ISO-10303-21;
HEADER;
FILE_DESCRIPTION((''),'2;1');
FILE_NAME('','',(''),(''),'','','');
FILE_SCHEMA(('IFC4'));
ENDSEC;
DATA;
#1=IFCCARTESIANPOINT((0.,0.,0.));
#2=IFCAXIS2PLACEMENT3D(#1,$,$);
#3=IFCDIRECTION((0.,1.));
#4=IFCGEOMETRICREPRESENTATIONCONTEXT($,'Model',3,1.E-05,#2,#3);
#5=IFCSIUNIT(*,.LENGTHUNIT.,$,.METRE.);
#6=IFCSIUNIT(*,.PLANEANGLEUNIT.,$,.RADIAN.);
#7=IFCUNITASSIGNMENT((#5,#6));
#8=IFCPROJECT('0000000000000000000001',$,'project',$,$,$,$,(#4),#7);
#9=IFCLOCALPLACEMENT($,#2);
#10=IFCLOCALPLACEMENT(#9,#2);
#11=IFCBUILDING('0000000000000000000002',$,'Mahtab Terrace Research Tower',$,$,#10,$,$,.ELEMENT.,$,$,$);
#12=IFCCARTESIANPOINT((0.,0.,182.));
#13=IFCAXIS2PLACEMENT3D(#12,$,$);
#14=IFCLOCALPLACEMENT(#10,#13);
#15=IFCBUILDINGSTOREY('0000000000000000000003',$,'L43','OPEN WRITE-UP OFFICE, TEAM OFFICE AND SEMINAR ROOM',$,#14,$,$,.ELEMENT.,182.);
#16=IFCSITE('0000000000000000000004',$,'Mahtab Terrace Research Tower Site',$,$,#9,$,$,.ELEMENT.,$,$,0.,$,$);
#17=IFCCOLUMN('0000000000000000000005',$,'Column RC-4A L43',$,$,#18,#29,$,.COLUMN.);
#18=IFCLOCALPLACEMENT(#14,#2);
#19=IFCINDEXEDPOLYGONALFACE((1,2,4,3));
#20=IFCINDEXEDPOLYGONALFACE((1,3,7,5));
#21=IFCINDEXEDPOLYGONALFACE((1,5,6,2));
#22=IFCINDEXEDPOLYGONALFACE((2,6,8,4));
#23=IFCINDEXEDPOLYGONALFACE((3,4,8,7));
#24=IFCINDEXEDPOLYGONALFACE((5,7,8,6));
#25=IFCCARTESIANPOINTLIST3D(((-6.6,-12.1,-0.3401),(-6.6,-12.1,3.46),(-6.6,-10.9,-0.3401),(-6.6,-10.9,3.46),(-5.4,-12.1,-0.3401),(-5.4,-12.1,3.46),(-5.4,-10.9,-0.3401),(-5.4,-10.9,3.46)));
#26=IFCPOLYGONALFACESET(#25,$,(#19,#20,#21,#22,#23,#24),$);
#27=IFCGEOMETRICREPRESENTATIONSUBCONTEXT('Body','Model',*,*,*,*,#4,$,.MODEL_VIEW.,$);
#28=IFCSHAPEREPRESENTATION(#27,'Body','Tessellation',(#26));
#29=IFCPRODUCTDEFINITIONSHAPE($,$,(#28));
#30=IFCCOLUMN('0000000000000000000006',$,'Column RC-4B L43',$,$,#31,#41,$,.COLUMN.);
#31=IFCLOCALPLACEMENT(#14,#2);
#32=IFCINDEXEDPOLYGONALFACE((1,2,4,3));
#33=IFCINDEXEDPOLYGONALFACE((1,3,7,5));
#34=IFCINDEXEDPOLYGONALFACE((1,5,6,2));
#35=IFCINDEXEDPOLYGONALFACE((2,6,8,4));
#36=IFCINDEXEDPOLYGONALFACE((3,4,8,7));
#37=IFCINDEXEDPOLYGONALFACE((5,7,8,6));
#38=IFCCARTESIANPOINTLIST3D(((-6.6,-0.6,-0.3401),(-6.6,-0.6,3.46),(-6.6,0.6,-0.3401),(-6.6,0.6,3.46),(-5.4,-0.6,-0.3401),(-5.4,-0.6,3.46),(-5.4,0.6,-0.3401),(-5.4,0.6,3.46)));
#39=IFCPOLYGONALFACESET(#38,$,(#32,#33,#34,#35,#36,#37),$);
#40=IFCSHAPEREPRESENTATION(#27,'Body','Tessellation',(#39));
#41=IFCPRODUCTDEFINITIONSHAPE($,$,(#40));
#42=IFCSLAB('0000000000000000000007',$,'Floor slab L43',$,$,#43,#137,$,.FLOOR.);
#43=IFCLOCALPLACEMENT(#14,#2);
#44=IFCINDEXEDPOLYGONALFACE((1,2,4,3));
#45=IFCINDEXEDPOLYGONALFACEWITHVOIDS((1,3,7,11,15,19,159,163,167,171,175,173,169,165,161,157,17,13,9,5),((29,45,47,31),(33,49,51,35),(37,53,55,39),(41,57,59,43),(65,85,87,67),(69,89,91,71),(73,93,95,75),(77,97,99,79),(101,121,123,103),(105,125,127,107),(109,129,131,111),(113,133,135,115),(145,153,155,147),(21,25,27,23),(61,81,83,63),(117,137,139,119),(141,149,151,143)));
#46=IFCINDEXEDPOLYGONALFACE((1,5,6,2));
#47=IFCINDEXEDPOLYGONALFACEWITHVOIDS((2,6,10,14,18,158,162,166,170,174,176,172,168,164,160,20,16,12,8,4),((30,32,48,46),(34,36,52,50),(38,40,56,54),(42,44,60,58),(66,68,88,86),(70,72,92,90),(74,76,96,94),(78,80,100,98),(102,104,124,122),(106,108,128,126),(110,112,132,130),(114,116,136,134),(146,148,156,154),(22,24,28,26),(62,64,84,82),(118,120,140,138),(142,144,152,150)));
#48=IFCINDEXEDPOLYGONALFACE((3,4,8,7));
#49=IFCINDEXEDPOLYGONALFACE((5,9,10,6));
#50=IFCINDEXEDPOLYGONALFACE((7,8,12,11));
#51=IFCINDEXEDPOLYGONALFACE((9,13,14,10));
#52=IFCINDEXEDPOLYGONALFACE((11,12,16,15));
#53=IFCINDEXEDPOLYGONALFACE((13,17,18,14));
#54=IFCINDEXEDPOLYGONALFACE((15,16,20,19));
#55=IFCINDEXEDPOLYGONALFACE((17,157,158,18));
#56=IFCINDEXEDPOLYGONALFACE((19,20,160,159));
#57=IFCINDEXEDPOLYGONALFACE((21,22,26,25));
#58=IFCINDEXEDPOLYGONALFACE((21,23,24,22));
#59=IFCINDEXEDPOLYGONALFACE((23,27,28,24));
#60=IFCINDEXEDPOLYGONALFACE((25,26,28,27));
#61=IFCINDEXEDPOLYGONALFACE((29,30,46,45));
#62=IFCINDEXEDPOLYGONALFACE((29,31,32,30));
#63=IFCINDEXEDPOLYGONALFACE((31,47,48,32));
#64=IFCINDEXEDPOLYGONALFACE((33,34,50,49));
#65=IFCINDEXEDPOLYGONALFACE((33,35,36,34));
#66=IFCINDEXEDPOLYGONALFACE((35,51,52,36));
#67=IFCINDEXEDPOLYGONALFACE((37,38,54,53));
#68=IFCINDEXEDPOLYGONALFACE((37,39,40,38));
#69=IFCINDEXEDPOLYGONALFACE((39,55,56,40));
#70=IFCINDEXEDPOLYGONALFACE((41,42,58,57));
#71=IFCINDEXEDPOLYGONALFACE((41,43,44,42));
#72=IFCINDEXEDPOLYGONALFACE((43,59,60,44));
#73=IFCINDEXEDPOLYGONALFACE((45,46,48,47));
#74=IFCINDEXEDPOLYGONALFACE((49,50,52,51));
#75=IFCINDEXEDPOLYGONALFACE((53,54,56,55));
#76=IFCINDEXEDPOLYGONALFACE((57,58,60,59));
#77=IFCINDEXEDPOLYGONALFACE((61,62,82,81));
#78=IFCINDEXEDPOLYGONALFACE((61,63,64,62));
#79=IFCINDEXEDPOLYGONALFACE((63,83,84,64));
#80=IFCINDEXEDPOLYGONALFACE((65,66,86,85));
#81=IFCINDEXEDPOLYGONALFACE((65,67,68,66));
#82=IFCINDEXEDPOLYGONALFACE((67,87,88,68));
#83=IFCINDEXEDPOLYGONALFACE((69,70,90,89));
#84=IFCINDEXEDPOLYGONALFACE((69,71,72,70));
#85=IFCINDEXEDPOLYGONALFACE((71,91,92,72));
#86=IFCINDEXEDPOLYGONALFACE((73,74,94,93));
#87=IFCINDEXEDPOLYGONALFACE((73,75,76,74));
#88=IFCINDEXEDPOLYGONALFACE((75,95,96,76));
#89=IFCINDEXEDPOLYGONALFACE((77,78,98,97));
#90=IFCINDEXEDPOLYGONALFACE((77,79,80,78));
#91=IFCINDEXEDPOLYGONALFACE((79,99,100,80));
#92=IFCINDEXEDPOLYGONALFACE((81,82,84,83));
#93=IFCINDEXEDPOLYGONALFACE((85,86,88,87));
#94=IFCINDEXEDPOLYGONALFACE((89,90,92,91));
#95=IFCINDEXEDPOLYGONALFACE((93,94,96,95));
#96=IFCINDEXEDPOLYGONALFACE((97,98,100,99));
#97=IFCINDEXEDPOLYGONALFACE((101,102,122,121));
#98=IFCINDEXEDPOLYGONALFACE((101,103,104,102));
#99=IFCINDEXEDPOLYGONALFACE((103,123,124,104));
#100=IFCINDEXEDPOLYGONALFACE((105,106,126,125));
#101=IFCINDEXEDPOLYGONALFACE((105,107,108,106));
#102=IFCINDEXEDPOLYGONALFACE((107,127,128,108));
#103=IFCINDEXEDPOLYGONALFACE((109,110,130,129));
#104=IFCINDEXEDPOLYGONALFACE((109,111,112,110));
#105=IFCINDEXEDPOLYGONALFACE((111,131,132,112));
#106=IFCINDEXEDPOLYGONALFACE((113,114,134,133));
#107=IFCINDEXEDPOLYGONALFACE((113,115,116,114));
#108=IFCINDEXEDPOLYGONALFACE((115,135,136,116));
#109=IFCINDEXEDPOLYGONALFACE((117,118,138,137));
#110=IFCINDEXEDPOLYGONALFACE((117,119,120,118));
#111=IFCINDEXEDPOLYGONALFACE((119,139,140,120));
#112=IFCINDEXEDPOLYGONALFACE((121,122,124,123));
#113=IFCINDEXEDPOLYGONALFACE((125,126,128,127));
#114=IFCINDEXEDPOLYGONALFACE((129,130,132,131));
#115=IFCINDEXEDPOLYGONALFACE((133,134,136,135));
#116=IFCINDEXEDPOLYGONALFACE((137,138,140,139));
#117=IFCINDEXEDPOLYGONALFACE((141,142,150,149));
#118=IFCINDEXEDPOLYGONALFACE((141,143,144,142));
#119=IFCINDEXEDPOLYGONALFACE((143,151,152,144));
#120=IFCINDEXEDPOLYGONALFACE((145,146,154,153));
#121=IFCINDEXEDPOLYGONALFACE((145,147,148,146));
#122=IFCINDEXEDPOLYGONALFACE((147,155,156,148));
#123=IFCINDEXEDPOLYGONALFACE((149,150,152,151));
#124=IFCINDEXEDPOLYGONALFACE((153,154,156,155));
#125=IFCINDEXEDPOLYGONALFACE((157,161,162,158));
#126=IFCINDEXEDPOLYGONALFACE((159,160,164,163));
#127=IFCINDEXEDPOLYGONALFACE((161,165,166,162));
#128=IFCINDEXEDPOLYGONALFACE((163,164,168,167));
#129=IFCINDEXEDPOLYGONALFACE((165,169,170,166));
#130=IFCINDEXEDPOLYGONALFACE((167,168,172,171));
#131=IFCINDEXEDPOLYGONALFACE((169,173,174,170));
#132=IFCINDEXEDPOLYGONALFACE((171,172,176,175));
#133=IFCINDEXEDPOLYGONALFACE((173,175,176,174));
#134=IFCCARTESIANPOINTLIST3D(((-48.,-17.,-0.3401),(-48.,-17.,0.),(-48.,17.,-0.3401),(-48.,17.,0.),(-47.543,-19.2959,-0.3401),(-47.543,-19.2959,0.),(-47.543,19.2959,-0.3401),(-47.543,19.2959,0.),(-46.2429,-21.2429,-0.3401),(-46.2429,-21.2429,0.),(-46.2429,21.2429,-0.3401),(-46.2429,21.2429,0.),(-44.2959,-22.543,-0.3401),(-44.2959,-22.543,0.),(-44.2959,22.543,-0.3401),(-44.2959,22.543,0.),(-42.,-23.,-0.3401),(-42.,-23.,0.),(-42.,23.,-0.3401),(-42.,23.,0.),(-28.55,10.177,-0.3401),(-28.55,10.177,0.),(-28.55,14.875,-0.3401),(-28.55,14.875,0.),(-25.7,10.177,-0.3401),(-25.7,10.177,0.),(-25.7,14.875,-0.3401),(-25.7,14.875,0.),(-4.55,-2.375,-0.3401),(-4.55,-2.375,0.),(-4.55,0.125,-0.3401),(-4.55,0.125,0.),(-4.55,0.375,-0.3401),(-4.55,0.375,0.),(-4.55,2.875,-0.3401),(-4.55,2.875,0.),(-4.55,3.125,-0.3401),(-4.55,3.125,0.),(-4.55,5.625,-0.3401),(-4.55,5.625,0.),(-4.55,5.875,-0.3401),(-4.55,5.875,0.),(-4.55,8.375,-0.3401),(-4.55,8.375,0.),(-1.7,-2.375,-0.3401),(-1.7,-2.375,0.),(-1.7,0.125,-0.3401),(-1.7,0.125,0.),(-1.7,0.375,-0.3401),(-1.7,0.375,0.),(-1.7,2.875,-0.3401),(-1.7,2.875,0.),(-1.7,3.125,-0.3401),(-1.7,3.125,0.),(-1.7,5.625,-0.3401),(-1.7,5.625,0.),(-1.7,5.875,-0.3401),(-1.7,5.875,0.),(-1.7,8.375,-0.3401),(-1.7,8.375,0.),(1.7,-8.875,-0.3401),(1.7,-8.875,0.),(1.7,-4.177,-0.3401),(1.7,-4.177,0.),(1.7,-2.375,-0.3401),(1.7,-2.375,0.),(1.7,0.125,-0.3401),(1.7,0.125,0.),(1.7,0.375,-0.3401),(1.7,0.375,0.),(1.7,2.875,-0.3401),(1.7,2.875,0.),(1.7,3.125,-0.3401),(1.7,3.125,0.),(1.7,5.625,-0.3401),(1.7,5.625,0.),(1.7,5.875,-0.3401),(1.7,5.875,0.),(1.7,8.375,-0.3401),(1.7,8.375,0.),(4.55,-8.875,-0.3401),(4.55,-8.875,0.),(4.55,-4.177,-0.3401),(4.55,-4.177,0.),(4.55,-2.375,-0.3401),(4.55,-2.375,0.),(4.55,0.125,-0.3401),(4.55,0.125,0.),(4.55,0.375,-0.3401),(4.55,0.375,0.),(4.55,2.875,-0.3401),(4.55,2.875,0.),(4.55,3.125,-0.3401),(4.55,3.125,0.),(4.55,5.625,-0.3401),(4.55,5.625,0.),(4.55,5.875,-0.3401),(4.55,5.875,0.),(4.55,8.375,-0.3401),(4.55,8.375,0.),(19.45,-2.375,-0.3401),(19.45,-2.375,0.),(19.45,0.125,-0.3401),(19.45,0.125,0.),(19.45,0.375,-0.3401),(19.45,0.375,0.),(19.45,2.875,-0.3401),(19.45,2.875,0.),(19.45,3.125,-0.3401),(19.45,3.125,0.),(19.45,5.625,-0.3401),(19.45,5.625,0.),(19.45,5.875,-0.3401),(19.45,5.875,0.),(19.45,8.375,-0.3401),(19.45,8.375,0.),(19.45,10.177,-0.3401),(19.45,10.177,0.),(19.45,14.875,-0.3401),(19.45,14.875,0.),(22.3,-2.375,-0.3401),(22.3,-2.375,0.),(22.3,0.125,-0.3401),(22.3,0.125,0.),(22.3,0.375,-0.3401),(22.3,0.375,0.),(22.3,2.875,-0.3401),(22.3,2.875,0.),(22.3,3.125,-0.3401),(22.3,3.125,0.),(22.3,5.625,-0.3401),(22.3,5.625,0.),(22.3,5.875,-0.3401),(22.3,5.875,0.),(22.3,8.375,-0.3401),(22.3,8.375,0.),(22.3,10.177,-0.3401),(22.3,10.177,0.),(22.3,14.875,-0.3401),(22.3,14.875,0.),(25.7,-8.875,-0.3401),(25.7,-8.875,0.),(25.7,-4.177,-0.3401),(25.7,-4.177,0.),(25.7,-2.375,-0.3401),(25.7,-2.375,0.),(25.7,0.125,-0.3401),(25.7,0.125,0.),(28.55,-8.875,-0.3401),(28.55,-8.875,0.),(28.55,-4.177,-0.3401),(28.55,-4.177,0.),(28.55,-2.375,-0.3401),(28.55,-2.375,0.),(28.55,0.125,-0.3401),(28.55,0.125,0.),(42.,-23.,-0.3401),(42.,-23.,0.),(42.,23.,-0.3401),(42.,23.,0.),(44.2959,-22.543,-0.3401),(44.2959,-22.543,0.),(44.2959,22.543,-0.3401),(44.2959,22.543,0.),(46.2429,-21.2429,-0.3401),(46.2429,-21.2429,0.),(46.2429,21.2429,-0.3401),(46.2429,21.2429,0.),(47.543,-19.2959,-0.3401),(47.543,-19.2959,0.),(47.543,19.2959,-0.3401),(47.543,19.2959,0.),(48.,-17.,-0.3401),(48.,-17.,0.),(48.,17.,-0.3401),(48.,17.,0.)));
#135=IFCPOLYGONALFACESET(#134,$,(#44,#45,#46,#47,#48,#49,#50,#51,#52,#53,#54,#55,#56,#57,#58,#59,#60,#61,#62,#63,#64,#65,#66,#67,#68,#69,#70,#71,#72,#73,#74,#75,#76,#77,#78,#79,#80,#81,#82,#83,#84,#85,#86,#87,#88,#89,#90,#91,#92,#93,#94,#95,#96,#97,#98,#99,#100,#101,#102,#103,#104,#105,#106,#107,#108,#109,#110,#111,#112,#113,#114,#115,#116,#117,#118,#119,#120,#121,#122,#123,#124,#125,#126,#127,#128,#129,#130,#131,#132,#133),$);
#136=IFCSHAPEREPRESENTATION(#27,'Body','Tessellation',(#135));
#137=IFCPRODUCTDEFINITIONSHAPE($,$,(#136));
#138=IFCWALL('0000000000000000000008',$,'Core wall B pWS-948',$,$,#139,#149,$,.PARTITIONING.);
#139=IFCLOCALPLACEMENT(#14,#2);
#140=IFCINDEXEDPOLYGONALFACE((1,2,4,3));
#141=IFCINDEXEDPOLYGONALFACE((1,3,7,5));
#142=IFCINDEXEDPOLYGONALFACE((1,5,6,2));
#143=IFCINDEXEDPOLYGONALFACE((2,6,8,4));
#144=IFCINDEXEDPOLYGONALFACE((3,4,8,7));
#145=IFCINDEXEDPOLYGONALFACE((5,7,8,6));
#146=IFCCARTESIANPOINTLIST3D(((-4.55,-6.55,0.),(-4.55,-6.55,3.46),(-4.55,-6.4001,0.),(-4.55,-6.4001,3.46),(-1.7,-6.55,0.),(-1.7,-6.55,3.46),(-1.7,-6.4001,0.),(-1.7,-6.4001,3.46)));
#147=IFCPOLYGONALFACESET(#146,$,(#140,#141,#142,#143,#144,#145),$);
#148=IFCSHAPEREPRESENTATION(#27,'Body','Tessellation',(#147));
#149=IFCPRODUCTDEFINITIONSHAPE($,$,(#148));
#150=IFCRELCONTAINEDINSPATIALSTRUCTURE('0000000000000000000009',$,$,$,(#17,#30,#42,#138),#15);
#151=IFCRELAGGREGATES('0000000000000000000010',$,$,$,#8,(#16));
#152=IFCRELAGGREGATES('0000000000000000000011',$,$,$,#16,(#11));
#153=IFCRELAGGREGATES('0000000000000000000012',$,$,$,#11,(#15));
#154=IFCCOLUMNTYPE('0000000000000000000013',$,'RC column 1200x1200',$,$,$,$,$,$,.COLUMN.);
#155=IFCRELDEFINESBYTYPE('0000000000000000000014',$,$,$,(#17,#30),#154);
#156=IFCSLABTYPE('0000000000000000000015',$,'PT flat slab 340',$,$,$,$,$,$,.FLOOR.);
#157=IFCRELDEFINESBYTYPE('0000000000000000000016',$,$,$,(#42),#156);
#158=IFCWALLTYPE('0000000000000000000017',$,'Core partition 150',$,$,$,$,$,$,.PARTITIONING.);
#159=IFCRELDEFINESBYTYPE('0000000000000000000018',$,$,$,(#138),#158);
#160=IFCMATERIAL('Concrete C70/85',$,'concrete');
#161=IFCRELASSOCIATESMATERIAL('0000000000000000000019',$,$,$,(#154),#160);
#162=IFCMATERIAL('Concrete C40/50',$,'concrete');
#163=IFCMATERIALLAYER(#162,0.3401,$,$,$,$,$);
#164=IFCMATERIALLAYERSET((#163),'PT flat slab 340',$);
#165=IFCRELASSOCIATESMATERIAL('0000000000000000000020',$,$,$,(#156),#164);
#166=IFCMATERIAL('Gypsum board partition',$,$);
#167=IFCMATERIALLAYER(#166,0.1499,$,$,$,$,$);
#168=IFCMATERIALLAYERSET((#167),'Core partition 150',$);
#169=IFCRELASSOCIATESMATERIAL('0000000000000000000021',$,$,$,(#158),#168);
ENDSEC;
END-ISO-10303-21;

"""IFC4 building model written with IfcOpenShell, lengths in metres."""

from ifc_helpers import new_model, si_unit, direction, frame, frame_2d, origin, origin_2d, place, context, subcontext, project, spatial, polyline, rectangle, outline, extrude, material, layer, layer_set, material_profile, profile_set, type_object, element, save


model = new_model("IFC4")

# Units and contexts
model_context = context("Model", 3, precision=1e-05, world=origin(), true_north=direction((0.0, 1.0)))
body_context = subcontext(model_context, "Body", "Model", "MODEL_VIEW")
ifc_project = project(units=[si_unit("LENGTHUNIT", "METRE"), si_unit("PLANEANGLEUNIT", "RADIAN")], contexts=[model_context])

# Site, building, storey
site_placement = place(None, origin())
site = spatial("IfcSite", under=ifc_project, at=site_placement, Name="Mahtab Terrace Research Tower Site", CompositionType="ELEMENT", RefElevation=0.0)
building_placement = place(site_placement, origin())
building = spatial("IfcBuilding", under=site, at=building_placement, Name="Mahtab Terrace Research Tower", CompositionType="ELEMENT")
storey_placement = place(building_placement, frame((0.0, 0.0, 182.0)))
storey = spatial("IfcBuildingStorey", under=building, at=storey_placement, Name="L43", Description="OPEN WRITE-UP OFFICE, TEAM OFFICE AND SEMINAR ROOM", CompositionType="ELEMENT", Elevation=182.0)

# Columns
ifc_material_1 = material(Name="Concrete C70/85", Category="concrete")
ifc_material_profile = material_profile(ifc_material_1, rectangle(XDim=1.2, YDim=1.2, at=origin_2d()), Name="RC column 1200x1200")
ifc_profile_set = profile_set([ifc_material_profile], Name="Concrete C70/85")
column_type = type_object("IfcColumnType", Name="RC column 1200x1200", PredefinedType="COLUMN", material=ifc_profile_set)
for number, where, z_axis, x_axis, name in (
    (1, (-6.0, -11.5, -0.3401), (0.0, 0.0, 1.0), (1.0, 0.0, 0.0), "Column RC-4A L43"),
    (2, (-6.0, 0.0, -0.3401), (0.0, 0.0, 1.0), (1.0, 0.0, 0.0), "Column RC-4B L43"),
):
    element("IfcColumn", number, at=place(storey_placement, frame(where, z_axis=z_axis, x_axis=x_axis)), inside=storey, type_object=column_type, Name=name, PredefinedType="COLUMN", context=body_context, shape_type="SweptSolid", body=[
        extrude(rectangle(XDim=1.2, YDim=1.2, at=origin_2d()), origin(), (0.0, 0.0, 1.0), 3.8),
    ])

# Slab
ifc_material_2 = material(Name="Concrete C40/50", Category="concrete")
ifc_layer_1 = layer(ifc_material_2, 0.3401)
ifc_layer_set_1 = layer_set([ifc_layer_1], Name="PT flat slab 340")
slab_type = type_object("IfcSlabType", Name="PT flat slab 340", PredefinedType="FLOOR", material=ifc_layer_set_1)
slab_placement = place(storey_placement, frame((0.0, 0.0, -0.3401)))
element("IfcSlab", 3, at=slab_placement, inside=storey, type_object=slab_type, Name="Floor slab L43", PredefinedType="FLOOR", context=body_context, shape_type="SweptSolid", body=[
    extrude(outline(polyline([(47.543, 19.2959), (46.2429, 21.2429), (44.2959, 22.543), (42.0, 23.0), (-42.0, 23.0), (-44.2959, 22.543), (-46.2429, 21.2429), (-47.543, 19.2959), (-48.0, 17.0), (-48.0, -17.0), (-47.543, -19.2959), (-46.2429, -21.2429), (-44.2959, -22.543), (-42.0, -23.0), (42.0, -23.0), (44.2959, -22.543), (46.2429, -21.2429), (47.543, -19.2959), (48.0, -17.0), (48.0, 17.0), (47.543, 19.2959)]), holes=[polyline([(-4.55, -2.375), (-4.55, 0.125), (-1.7, 0.125), (-1.7, -2.375), (-4.55, -2.375)]), polyline([(1.7, -2.375), (1.7, 0.125), (4.55, 0.125), (4.55, -2.375), (1.7, -2.375)]), polyline([(-4.55, 0.375), (-4.55, 2.875), (-1.7, 2.875), (-1.7, 0.375), (-4.55, 0.375)]), polyline([(1.7, 0.375), (1.7, 2.875), (4.55, 2.875), (4.55, 0.375), (1.7, 0.375)]), polyline([(-4.55, 3.125), (-4.55, 5.625), (-1.7, 5.625), (-1.7, 3.125), (-4.55, 3.125)]), polyline([(1.7, 3.125), (1.7, 5.625), (4.55, 5.625), (4.55, 3.125), (1.7, 3.125)]), polyline([(-4.55, 5.875), (-4.55, 8.375), (-1.7, 8.375), (-1.7, 5.875), (-4.55, 5.875)]), polyline([(1.7, 5.875), (1.7, 8.375), (4.55, 8.375), (4.55, 5.875), (1.7, 5.875)]), polyline([(-28.55, 10.177), (-28.55, 14.875), (-25.7, 14.875), (-25.7, 10.177), (-28.55, 10.177)]), polyline([(1.7, -8.875), (1.7, -4.177), (4.55, -4.177), (4.55, -8.875), (1.7, -8.875)]), polyline([(25.7, -8.875), (25.7, -4.177), (28.55, -4.177), (28.55, -8.875), (25.7, -8.875)]), polyline([(19.45, -2.375), (19.45, 0.125), (22.3, 0.125), (22.3, -2.375), (19.45, -2.375)]), polyline([(25.7, -2.375), (25.7, 0.125), (28.55, 0.125), (28.55, -2.375), (25.7, -2.375)]), polyline([(19.45, 0.375), (19.45, 2.875), (22.3, 2.875), (22.3, 0.375), (19.45, 0.375)]), polyline([(19.45, 3.125), (19.45, 5.625), (22.3, 5.625), (22.3, 3.125), (19.45, 3.125)]), polyline([(19.45, 8.375), (22.3, 8.375), (22.3, 5.875), (19.45, 5.875), (19.45, 8.375)]), polyline([(19.45, 14.875), (22.3, 14.875), (22.3, 10.177), (19.45, 10.177), (19.45, 14.875)])]), origin(), (0.0, 0.0, 1.0), 0.3401),
])

# Wall
ifc_material_3 = material(Name="Gypsum board partition")
ifc_layer_2 = layer(ifc_material_3, 0.1499)
ifc_layer_set_2 = layer_set([ifc_layer_2], Name="Core partition 150")
wall_type_1 = type_object("IfcWallType", Name="Core partition 150", PredefinedType="PARTITIONING", material=ifc_layer_set_2)
wall_1_placement = place(storey_placement, frame((-4.55, -6.4751, 0.0), z_axis=(0.0, 0.0, 1.0), x_axis=(1.0, 0.0, 0.0)))
element("IfcWall", 4, at=wall_1_placement, inside=storey, type_object=wall_type_1, Name="Core wall B pWS-948", PredefinedType="PARTITIONING", context=body_context, shape_type="SweptSolid", body=[
    extrude(rectangle(XDim=2.8501, YDim=0.1499, at=frame_2d((1.425, 0.0))), origin(), (0.0, 0.0, 1.0), 3.46),
])

save(model, "model.ifc")
